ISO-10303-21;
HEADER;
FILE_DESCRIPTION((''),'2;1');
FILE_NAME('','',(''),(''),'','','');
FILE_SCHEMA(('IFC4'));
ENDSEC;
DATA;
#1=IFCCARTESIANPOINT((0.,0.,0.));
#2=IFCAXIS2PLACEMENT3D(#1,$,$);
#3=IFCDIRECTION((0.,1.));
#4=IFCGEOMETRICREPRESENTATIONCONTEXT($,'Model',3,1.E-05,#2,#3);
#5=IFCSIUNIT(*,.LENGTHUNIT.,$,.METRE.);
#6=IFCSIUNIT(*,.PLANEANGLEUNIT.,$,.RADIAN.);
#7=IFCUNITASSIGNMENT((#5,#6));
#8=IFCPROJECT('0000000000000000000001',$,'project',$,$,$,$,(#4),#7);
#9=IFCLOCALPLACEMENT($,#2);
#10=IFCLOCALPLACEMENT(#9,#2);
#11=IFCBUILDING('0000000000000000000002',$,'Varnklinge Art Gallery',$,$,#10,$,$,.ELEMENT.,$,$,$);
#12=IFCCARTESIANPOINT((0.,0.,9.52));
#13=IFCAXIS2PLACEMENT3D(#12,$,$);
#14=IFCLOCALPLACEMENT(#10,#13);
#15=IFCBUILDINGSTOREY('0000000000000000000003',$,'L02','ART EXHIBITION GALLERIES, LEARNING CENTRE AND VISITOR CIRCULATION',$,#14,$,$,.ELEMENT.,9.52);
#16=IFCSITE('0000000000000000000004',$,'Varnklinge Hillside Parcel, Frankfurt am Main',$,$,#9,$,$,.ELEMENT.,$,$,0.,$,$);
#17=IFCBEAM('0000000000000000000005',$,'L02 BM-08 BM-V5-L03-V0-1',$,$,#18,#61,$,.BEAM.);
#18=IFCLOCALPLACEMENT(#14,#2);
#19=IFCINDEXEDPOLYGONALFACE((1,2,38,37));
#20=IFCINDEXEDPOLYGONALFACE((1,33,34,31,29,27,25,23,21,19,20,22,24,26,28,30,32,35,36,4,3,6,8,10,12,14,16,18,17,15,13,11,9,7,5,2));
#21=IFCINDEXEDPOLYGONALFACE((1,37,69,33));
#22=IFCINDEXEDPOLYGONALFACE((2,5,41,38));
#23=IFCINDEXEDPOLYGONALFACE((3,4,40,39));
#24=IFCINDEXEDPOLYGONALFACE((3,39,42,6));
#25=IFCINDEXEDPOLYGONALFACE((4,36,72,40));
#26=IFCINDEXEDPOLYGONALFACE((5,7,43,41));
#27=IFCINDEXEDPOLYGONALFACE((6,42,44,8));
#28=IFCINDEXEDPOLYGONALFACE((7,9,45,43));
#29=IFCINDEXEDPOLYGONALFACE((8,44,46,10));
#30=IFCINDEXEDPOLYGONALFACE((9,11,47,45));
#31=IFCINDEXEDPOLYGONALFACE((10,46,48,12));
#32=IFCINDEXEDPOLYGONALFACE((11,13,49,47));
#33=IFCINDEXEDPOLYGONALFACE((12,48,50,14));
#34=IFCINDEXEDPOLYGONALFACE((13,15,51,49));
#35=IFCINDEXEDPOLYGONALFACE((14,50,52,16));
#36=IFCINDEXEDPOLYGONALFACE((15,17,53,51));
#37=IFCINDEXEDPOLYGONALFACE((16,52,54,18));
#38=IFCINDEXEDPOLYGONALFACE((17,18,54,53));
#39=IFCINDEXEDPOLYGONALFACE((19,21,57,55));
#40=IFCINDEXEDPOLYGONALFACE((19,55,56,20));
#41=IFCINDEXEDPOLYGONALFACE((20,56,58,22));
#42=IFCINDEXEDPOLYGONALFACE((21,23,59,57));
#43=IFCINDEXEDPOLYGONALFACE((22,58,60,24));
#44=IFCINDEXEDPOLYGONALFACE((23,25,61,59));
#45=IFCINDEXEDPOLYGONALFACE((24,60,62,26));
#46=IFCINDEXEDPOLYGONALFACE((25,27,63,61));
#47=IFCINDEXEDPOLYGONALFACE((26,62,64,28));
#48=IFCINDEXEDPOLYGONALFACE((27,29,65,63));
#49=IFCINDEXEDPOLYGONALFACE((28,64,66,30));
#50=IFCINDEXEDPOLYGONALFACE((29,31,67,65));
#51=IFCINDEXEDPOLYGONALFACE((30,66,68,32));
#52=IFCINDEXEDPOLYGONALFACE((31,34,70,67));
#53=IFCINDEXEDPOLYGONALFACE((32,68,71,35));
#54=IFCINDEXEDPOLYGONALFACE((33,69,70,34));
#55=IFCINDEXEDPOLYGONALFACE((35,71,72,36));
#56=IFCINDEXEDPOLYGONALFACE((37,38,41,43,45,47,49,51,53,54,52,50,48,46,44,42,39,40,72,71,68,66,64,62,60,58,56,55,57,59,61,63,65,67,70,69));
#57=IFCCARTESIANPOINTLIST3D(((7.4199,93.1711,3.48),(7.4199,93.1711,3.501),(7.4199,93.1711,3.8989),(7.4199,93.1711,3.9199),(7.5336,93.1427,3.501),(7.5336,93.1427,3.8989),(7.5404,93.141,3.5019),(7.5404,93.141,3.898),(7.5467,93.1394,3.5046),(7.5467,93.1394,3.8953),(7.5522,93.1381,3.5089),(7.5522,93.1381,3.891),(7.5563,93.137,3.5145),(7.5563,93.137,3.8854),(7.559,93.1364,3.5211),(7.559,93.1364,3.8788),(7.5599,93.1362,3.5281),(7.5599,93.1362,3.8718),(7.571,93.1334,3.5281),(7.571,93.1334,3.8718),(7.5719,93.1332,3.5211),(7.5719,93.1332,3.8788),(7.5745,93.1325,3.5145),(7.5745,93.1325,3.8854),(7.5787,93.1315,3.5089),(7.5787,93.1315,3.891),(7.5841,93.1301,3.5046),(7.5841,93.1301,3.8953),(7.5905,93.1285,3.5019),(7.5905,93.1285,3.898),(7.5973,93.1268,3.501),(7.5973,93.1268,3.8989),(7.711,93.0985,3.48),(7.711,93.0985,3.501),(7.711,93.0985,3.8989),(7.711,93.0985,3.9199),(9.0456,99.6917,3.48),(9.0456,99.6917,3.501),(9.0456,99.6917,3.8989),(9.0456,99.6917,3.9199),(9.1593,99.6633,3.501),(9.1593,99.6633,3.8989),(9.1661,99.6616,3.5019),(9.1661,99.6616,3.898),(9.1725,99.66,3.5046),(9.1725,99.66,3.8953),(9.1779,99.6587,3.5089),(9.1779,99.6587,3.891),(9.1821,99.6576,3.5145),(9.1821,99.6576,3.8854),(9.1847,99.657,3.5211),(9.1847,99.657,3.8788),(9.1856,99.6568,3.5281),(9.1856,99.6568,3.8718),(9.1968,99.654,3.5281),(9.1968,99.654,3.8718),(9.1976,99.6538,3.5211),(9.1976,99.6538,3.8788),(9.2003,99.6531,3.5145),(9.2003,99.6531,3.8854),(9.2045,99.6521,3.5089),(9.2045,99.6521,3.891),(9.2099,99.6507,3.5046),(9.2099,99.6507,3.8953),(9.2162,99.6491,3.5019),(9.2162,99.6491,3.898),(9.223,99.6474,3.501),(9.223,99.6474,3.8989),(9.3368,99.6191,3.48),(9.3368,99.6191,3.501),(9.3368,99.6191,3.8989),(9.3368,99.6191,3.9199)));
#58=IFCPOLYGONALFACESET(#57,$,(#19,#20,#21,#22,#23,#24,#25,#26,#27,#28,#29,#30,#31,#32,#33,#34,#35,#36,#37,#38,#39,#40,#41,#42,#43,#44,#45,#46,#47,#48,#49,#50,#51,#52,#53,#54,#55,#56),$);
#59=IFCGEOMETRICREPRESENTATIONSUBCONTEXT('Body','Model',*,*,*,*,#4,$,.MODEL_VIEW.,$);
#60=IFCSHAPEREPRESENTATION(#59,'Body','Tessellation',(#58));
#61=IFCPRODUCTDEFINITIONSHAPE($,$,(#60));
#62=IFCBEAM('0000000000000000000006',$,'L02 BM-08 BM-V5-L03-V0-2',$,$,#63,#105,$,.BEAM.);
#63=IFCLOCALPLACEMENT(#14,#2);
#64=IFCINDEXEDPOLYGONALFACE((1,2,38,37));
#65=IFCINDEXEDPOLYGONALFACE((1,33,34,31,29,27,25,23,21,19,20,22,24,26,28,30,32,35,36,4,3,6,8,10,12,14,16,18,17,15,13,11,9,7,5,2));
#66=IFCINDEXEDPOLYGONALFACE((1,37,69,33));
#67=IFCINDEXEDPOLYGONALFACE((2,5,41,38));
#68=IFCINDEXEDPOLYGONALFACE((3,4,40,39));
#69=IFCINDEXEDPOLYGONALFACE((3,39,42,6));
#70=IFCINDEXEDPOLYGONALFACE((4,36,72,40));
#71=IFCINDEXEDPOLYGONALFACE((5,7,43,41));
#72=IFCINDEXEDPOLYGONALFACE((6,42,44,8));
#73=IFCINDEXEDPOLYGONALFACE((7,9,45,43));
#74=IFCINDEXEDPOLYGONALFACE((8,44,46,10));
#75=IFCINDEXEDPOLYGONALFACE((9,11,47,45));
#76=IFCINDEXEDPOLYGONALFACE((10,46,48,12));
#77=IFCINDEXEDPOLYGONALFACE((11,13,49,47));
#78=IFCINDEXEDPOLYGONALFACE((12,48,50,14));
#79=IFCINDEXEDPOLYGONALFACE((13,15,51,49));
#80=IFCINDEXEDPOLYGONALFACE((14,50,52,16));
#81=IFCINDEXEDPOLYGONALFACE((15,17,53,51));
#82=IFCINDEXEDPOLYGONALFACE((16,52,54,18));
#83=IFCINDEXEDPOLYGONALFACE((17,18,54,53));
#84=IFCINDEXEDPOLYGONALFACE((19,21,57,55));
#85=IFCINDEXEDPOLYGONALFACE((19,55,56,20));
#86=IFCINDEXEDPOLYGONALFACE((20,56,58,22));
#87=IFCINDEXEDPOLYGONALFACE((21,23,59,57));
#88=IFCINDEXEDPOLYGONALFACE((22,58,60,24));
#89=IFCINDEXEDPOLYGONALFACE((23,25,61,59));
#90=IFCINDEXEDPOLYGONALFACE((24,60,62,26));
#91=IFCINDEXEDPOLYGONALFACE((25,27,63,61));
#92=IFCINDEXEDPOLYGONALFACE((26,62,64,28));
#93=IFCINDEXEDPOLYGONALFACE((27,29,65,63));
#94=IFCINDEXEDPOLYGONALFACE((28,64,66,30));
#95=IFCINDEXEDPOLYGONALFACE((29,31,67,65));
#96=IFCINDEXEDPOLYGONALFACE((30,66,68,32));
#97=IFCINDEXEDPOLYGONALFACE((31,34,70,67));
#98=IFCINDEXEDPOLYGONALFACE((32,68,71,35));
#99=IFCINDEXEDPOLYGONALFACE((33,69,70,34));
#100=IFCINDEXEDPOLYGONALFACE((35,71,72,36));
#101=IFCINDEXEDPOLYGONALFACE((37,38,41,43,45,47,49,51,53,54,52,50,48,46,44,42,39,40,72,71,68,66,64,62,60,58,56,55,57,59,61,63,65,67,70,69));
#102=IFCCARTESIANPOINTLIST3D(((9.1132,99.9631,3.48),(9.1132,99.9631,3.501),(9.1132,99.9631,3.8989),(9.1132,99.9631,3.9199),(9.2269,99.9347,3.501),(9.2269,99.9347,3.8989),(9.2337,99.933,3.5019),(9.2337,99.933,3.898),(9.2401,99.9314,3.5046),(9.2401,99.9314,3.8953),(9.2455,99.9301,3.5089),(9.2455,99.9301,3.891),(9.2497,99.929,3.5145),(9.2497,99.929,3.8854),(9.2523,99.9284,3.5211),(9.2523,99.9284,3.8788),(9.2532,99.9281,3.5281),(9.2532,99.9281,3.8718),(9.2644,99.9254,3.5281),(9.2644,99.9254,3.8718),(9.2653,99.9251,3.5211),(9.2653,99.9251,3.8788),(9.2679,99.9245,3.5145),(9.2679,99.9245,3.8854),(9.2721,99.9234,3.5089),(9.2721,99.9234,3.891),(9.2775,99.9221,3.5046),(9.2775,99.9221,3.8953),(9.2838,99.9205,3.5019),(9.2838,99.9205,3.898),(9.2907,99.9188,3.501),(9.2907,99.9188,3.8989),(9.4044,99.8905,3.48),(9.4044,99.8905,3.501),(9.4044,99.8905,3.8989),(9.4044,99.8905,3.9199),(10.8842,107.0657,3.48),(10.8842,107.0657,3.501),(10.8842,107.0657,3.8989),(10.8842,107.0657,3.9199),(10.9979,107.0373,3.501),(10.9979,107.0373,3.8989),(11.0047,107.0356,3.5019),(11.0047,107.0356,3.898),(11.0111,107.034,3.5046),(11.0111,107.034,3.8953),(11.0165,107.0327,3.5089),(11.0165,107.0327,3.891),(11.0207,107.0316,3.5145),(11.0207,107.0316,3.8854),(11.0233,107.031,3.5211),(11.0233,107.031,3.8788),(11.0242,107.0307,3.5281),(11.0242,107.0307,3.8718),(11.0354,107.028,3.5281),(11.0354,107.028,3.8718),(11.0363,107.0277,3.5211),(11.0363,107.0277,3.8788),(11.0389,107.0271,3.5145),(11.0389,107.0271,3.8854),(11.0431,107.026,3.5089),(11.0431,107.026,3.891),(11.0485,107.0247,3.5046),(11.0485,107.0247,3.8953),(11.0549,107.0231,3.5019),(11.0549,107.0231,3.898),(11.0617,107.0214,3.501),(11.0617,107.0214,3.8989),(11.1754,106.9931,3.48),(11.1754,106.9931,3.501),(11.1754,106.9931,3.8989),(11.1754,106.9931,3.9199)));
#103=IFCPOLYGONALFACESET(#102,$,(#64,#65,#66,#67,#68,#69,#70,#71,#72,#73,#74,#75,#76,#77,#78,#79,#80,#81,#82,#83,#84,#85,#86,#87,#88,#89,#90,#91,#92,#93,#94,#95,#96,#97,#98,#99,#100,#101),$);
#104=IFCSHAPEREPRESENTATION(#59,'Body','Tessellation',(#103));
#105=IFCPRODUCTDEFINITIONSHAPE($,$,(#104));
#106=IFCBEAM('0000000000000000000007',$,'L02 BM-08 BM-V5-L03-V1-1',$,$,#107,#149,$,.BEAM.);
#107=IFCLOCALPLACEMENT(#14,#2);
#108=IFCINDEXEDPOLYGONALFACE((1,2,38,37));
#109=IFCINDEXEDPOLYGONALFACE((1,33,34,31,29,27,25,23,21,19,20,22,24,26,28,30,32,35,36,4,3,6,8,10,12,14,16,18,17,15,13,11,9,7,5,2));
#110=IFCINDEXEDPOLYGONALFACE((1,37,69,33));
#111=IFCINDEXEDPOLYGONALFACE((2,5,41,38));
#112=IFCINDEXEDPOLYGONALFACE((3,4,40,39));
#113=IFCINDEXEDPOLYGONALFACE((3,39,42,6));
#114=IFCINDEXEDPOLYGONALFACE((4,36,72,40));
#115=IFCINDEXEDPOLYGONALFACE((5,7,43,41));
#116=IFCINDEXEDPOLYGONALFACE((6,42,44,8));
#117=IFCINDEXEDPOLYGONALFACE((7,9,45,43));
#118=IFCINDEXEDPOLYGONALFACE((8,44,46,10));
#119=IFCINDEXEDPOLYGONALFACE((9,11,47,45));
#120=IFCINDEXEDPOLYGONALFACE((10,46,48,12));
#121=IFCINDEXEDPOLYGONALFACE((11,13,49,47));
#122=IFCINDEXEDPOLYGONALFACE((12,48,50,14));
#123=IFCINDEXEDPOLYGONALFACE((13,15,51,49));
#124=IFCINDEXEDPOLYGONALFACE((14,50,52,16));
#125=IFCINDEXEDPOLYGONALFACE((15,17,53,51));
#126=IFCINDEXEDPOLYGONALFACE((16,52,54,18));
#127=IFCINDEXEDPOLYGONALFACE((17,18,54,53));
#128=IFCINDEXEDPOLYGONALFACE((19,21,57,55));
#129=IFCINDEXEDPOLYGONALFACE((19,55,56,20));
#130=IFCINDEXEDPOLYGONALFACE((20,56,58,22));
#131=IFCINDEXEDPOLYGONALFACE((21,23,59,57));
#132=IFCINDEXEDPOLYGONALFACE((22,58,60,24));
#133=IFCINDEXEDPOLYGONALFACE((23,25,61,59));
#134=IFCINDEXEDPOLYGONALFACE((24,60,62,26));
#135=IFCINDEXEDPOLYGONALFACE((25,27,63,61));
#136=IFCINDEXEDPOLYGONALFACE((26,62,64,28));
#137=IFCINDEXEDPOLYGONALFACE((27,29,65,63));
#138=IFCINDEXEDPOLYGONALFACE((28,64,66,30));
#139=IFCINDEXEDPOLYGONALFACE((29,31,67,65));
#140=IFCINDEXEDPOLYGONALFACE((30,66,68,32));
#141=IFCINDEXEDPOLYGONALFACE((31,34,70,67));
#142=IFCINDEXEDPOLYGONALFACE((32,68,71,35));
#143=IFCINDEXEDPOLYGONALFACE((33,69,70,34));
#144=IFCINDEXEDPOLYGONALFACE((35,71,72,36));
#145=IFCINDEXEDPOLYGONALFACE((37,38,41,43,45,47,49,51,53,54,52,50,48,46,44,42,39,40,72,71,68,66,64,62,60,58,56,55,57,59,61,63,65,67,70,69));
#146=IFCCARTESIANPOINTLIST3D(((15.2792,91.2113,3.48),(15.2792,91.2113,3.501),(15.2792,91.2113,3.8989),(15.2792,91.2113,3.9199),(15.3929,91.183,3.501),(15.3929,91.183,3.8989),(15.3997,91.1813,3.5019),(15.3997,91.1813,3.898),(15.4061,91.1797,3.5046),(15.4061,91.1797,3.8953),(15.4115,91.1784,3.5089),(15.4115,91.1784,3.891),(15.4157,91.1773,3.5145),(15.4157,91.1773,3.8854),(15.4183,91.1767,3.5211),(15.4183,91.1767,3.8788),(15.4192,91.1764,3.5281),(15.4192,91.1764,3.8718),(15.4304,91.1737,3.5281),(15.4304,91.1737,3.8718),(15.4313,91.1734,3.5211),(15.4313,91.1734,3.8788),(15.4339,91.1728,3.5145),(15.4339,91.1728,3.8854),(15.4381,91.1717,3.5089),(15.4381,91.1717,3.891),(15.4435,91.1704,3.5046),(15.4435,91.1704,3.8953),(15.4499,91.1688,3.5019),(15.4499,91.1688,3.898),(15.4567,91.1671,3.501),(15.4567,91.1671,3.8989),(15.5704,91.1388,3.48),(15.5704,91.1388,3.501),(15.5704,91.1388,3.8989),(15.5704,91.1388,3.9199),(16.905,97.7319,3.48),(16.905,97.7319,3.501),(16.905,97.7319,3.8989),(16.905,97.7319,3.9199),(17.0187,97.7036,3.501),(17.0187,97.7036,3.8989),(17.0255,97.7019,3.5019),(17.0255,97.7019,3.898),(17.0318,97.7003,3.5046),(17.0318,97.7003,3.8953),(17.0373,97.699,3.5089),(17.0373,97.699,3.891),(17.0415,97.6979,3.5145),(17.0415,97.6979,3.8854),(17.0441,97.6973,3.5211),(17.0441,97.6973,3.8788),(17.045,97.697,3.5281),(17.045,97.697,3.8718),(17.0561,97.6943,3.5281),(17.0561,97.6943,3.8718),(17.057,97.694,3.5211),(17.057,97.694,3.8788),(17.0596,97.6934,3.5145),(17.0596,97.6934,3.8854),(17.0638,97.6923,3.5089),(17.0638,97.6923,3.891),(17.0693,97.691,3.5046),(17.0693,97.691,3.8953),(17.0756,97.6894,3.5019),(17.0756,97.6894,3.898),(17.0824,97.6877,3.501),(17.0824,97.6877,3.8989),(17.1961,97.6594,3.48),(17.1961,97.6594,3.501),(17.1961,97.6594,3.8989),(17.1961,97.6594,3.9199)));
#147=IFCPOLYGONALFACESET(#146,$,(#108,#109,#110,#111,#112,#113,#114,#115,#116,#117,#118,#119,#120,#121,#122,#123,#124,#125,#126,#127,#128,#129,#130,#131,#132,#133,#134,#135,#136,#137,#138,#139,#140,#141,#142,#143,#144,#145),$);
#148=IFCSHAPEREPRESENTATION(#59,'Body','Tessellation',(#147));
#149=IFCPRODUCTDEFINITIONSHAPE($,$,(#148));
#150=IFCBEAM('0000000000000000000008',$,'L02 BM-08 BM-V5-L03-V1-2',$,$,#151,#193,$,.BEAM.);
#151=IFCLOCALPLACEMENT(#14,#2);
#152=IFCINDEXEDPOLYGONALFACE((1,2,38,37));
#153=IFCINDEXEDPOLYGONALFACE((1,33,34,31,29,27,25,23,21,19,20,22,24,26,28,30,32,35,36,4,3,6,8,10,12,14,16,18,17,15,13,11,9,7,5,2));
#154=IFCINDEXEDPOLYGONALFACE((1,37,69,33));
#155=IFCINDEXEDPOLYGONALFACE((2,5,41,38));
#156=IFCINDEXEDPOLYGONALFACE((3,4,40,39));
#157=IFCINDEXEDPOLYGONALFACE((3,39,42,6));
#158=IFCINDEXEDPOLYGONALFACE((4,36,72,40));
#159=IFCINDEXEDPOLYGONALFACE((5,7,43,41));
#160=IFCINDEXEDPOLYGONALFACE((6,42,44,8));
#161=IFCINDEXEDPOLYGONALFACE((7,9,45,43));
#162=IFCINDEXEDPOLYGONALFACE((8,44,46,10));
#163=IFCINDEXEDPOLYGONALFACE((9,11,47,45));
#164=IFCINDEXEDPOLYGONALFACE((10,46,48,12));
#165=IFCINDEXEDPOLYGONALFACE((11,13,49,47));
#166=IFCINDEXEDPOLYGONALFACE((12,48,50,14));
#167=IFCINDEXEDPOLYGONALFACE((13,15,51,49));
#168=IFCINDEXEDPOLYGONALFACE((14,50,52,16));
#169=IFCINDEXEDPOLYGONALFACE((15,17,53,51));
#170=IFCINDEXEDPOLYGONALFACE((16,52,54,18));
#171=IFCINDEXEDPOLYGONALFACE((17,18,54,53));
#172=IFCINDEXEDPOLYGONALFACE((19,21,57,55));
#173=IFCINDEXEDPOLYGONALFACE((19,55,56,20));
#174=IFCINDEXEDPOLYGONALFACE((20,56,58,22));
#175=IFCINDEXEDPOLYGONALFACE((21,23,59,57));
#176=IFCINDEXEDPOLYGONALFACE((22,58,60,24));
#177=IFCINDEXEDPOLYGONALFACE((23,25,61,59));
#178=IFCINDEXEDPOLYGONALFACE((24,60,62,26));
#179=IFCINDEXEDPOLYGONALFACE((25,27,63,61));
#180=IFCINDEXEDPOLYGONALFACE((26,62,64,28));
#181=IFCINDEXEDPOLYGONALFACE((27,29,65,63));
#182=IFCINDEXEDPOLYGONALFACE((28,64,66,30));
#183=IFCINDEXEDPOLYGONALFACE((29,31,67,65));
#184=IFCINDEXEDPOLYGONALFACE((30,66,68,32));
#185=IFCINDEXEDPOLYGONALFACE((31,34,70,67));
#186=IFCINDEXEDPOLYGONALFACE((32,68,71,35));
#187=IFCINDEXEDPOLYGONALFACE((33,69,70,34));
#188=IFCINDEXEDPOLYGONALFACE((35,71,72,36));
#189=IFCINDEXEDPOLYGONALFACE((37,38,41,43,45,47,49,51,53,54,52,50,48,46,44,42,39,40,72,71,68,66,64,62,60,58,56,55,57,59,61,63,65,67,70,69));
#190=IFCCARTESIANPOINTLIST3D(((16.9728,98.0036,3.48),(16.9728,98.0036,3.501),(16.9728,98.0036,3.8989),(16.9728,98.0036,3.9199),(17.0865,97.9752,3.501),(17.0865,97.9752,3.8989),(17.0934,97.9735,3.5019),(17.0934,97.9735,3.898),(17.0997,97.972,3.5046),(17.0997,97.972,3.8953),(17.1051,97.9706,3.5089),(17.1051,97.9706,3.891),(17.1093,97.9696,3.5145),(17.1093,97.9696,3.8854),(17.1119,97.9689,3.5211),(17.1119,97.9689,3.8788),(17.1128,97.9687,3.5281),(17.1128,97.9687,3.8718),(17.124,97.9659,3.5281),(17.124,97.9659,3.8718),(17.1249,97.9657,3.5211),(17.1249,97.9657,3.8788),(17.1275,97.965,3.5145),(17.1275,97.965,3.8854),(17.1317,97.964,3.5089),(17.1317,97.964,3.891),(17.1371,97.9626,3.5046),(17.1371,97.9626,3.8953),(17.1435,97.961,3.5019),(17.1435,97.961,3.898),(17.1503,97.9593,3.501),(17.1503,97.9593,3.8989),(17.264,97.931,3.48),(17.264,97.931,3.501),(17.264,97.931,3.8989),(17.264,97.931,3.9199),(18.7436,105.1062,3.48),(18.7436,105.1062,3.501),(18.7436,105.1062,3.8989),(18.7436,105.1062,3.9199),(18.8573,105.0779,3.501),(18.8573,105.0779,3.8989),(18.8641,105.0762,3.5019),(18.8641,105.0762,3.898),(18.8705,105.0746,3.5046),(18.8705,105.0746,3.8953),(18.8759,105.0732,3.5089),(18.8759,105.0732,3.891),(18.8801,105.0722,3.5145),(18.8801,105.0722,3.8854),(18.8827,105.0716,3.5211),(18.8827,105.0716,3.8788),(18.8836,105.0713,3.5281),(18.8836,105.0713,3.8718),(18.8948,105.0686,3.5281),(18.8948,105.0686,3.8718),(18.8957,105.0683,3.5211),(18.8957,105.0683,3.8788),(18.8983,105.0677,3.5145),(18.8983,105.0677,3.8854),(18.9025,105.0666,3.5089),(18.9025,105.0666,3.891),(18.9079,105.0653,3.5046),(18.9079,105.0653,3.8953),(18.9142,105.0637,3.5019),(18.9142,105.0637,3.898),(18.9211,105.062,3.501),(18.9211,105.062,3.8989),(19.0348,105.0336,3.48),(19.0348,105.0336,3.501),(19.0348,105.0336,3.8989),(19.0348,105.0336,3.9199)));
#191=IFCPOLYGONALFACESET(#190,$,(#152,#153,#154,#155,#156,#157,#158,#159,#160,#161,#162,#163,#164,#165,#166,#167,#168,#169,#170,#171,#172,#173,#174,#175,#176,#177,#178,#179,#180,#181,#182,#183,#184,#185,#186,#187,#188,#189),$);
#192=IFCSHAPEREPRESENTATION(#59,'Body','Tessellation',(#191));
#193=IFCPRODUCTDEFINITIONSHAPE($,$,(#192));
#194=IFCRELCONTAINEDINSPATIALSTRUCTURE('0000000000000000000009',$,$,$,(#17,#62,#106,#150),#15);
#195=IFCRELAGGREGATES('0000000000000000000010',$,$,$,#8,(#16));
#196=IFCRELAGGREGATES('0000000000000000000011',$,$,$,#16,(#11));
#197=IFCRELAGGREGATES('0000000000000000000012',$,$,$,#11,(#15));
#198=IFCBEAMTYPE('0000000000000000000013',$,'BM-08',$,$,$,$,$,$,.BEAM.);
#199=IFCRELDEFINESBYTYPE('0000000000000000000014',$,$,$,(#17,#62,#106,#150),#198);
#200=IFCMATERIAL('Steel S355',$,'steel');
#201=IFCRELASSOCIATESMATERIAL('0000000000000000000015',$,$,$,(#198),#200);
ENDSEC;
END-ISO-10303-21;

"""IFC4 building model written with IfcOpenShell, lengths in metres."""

from ifc_helpers import new_model, si_unit, direction, frame, origin, origin_2d, place, context, subcontext, project, spatial, i_section, extrude, material, material_profile, profile_set, type_object, element, save


model = new_model("IFC4")

# Units and contexts
model_context = context("Model", 3, precision=1e-05, world=origin(), true_north=direction((0.0, 1.0)))
body_context = subcontext(model_context, "Body", "Model", "MODEL_VIEW")
ifc_project = project(units=[si_unit("LENGTHUNIT", "METRE"), si_unit("PLANEANGLEUNIT", "RADIAN")], contexts=[model_context])

# Site, building, storey
site_placement = place(None, origin())
site = spatial("IfcSite", under=ifc_project, at=site_placement, Name="Varnklinge Hillside Parcel, Frankfurt am Main", CompositionType="ELEMENT", RefElevation=0.0)
building_placement = place(site_placement, origin())
building = spatial("IfcBuilding", under=site, at=building_placement, Name="Varnklinge Art Gallery", CompositionType="ELEMENT")
storey_placement = place(building_placement, frame((0.0, 0.0, 9.52)))
storey = spatial("IfcBuildingStorey", under=building, at=storey_placement, Name="L02", Description="ART EXHIBITION GALLERIES, LEARNING CENTRE AND VISITOR CIRCULATION", CompositionType="ELEMENT", Elevation=9.52)

# Beams
ifc_material_1 = material(Name="Steel S355", Category="steel")
ifc_material_profile_1 = material_profile(ifc_material_1, i_section(OverallWidth=0.3, OverallDepth=0.4399, WebThickness=0.0115, FlangeThickness=0.021, FilletRadius=0.0271, at=origin_2d()), Name="HEA 450")
ifc_profile_set_1 = profile_set([ifc_material_profile_1], Name="Steel S355")
beam_type_1 = type_object("IfcBeamType", Name="BM-08", PredefinedType="BEAM", material=ifc_profile_set_1)
beam_1_placement = place(storey_placement, frame((7.5654, 93.1348, 3.7), z_axis=(0.24192, 0.970296, 0.0), x_axis=(-0.970296, 0.24192, 0.0)))
element("IfcBeam", 1, at=beam_1_placement, inside=storey, type_object=beam_type_1, Name="L02 BM-08 BM-V5-L03-V0-1", PredefinedType="BEAM", context=body_context, shape_type="SweptSolid", body=[
    extrude(i_section(OverallWidth=0.3, OverallDepth=0.4399, WebThickness=0.0115, FlangeThickness=0.021, FilletRadius=0.0271, at=origin_2d()), origin(), (0.0, 0.0, 1.0), 6.7202),
])
beam_2_placement = place(storey_placement, frame((9.2588, 99.9268, 3.7), z_axis=(0.241939, 0.970291, 0.0), x_axis=(-0.970291, 0.241939, 0.0)))
element("IfcBeam", 2, at=beam_2_placement, inside=storey, type_object=beam_type_1, Name="L02 BM-08 BM-V5-L03-V0-2", PredefinedType="BEAM", context=body_context, shape_type="SweptSolid", body=[
    extrude(i_section(OverallWidth=0.3, OverallDepth=0.4399, WebThickness=0.0115, FlangeThickness=0.021, FilletRadius=0.0271, at=origin_2d()), origin(), (0.0, 0.0, 1.0), 7.3201),
])
beam_3_placement = place(storey_placement, frame((15.4248, 91.175, 3.7), z_axis=(0.24192, 0.970296, 0.0), x_axis=(-0.970296, 0.24192, 0.0)))
element("IfcBeam", 3, at=beam_3_placement, inside=storey, type_object=beam_type_1, Name="L02 BM-08 BM-V5-L03-V1-1", PredefinedType="BEAM", context=body_context, shape_type="SweptSolid", body=[
    extrude(i_section(OverallWidth=0.3, OverallDepth=0.4399, WebThickness=0.0115, FlangeThickness=0.021, FilletRadius=0.0271, at=origin_2d()), origin(), (0.0, 0.0, 1.0), 6.7202),
])
beam_4_placement = place(storey_placement, frame((17.1184, 97.9673, 3.7), z_axis=(0.241908, 0.970299, 0.0), x_axis=(-0.970299, 0.241908, 0.0)))
element("IfcBeam", 4, at=beam_4_placement, inside=storey, type_object=beam_type_1, Name="L02 BM-08 BM-V5-L03-V1-2", PredefinedType="BEAM", context=body_context, shape_type="SweptSolid", body=[
    extrude(i_section(OverallWidth=0.3, OverallDepth=0.4399, WebThickness=0.0115, FlangeThickness=0.021, FilletRadius=0.0271, at=origin_2d()), origin(), (0.0, 0.0, 1.0), 7.3201),
])

save(model, "model.ifc")
